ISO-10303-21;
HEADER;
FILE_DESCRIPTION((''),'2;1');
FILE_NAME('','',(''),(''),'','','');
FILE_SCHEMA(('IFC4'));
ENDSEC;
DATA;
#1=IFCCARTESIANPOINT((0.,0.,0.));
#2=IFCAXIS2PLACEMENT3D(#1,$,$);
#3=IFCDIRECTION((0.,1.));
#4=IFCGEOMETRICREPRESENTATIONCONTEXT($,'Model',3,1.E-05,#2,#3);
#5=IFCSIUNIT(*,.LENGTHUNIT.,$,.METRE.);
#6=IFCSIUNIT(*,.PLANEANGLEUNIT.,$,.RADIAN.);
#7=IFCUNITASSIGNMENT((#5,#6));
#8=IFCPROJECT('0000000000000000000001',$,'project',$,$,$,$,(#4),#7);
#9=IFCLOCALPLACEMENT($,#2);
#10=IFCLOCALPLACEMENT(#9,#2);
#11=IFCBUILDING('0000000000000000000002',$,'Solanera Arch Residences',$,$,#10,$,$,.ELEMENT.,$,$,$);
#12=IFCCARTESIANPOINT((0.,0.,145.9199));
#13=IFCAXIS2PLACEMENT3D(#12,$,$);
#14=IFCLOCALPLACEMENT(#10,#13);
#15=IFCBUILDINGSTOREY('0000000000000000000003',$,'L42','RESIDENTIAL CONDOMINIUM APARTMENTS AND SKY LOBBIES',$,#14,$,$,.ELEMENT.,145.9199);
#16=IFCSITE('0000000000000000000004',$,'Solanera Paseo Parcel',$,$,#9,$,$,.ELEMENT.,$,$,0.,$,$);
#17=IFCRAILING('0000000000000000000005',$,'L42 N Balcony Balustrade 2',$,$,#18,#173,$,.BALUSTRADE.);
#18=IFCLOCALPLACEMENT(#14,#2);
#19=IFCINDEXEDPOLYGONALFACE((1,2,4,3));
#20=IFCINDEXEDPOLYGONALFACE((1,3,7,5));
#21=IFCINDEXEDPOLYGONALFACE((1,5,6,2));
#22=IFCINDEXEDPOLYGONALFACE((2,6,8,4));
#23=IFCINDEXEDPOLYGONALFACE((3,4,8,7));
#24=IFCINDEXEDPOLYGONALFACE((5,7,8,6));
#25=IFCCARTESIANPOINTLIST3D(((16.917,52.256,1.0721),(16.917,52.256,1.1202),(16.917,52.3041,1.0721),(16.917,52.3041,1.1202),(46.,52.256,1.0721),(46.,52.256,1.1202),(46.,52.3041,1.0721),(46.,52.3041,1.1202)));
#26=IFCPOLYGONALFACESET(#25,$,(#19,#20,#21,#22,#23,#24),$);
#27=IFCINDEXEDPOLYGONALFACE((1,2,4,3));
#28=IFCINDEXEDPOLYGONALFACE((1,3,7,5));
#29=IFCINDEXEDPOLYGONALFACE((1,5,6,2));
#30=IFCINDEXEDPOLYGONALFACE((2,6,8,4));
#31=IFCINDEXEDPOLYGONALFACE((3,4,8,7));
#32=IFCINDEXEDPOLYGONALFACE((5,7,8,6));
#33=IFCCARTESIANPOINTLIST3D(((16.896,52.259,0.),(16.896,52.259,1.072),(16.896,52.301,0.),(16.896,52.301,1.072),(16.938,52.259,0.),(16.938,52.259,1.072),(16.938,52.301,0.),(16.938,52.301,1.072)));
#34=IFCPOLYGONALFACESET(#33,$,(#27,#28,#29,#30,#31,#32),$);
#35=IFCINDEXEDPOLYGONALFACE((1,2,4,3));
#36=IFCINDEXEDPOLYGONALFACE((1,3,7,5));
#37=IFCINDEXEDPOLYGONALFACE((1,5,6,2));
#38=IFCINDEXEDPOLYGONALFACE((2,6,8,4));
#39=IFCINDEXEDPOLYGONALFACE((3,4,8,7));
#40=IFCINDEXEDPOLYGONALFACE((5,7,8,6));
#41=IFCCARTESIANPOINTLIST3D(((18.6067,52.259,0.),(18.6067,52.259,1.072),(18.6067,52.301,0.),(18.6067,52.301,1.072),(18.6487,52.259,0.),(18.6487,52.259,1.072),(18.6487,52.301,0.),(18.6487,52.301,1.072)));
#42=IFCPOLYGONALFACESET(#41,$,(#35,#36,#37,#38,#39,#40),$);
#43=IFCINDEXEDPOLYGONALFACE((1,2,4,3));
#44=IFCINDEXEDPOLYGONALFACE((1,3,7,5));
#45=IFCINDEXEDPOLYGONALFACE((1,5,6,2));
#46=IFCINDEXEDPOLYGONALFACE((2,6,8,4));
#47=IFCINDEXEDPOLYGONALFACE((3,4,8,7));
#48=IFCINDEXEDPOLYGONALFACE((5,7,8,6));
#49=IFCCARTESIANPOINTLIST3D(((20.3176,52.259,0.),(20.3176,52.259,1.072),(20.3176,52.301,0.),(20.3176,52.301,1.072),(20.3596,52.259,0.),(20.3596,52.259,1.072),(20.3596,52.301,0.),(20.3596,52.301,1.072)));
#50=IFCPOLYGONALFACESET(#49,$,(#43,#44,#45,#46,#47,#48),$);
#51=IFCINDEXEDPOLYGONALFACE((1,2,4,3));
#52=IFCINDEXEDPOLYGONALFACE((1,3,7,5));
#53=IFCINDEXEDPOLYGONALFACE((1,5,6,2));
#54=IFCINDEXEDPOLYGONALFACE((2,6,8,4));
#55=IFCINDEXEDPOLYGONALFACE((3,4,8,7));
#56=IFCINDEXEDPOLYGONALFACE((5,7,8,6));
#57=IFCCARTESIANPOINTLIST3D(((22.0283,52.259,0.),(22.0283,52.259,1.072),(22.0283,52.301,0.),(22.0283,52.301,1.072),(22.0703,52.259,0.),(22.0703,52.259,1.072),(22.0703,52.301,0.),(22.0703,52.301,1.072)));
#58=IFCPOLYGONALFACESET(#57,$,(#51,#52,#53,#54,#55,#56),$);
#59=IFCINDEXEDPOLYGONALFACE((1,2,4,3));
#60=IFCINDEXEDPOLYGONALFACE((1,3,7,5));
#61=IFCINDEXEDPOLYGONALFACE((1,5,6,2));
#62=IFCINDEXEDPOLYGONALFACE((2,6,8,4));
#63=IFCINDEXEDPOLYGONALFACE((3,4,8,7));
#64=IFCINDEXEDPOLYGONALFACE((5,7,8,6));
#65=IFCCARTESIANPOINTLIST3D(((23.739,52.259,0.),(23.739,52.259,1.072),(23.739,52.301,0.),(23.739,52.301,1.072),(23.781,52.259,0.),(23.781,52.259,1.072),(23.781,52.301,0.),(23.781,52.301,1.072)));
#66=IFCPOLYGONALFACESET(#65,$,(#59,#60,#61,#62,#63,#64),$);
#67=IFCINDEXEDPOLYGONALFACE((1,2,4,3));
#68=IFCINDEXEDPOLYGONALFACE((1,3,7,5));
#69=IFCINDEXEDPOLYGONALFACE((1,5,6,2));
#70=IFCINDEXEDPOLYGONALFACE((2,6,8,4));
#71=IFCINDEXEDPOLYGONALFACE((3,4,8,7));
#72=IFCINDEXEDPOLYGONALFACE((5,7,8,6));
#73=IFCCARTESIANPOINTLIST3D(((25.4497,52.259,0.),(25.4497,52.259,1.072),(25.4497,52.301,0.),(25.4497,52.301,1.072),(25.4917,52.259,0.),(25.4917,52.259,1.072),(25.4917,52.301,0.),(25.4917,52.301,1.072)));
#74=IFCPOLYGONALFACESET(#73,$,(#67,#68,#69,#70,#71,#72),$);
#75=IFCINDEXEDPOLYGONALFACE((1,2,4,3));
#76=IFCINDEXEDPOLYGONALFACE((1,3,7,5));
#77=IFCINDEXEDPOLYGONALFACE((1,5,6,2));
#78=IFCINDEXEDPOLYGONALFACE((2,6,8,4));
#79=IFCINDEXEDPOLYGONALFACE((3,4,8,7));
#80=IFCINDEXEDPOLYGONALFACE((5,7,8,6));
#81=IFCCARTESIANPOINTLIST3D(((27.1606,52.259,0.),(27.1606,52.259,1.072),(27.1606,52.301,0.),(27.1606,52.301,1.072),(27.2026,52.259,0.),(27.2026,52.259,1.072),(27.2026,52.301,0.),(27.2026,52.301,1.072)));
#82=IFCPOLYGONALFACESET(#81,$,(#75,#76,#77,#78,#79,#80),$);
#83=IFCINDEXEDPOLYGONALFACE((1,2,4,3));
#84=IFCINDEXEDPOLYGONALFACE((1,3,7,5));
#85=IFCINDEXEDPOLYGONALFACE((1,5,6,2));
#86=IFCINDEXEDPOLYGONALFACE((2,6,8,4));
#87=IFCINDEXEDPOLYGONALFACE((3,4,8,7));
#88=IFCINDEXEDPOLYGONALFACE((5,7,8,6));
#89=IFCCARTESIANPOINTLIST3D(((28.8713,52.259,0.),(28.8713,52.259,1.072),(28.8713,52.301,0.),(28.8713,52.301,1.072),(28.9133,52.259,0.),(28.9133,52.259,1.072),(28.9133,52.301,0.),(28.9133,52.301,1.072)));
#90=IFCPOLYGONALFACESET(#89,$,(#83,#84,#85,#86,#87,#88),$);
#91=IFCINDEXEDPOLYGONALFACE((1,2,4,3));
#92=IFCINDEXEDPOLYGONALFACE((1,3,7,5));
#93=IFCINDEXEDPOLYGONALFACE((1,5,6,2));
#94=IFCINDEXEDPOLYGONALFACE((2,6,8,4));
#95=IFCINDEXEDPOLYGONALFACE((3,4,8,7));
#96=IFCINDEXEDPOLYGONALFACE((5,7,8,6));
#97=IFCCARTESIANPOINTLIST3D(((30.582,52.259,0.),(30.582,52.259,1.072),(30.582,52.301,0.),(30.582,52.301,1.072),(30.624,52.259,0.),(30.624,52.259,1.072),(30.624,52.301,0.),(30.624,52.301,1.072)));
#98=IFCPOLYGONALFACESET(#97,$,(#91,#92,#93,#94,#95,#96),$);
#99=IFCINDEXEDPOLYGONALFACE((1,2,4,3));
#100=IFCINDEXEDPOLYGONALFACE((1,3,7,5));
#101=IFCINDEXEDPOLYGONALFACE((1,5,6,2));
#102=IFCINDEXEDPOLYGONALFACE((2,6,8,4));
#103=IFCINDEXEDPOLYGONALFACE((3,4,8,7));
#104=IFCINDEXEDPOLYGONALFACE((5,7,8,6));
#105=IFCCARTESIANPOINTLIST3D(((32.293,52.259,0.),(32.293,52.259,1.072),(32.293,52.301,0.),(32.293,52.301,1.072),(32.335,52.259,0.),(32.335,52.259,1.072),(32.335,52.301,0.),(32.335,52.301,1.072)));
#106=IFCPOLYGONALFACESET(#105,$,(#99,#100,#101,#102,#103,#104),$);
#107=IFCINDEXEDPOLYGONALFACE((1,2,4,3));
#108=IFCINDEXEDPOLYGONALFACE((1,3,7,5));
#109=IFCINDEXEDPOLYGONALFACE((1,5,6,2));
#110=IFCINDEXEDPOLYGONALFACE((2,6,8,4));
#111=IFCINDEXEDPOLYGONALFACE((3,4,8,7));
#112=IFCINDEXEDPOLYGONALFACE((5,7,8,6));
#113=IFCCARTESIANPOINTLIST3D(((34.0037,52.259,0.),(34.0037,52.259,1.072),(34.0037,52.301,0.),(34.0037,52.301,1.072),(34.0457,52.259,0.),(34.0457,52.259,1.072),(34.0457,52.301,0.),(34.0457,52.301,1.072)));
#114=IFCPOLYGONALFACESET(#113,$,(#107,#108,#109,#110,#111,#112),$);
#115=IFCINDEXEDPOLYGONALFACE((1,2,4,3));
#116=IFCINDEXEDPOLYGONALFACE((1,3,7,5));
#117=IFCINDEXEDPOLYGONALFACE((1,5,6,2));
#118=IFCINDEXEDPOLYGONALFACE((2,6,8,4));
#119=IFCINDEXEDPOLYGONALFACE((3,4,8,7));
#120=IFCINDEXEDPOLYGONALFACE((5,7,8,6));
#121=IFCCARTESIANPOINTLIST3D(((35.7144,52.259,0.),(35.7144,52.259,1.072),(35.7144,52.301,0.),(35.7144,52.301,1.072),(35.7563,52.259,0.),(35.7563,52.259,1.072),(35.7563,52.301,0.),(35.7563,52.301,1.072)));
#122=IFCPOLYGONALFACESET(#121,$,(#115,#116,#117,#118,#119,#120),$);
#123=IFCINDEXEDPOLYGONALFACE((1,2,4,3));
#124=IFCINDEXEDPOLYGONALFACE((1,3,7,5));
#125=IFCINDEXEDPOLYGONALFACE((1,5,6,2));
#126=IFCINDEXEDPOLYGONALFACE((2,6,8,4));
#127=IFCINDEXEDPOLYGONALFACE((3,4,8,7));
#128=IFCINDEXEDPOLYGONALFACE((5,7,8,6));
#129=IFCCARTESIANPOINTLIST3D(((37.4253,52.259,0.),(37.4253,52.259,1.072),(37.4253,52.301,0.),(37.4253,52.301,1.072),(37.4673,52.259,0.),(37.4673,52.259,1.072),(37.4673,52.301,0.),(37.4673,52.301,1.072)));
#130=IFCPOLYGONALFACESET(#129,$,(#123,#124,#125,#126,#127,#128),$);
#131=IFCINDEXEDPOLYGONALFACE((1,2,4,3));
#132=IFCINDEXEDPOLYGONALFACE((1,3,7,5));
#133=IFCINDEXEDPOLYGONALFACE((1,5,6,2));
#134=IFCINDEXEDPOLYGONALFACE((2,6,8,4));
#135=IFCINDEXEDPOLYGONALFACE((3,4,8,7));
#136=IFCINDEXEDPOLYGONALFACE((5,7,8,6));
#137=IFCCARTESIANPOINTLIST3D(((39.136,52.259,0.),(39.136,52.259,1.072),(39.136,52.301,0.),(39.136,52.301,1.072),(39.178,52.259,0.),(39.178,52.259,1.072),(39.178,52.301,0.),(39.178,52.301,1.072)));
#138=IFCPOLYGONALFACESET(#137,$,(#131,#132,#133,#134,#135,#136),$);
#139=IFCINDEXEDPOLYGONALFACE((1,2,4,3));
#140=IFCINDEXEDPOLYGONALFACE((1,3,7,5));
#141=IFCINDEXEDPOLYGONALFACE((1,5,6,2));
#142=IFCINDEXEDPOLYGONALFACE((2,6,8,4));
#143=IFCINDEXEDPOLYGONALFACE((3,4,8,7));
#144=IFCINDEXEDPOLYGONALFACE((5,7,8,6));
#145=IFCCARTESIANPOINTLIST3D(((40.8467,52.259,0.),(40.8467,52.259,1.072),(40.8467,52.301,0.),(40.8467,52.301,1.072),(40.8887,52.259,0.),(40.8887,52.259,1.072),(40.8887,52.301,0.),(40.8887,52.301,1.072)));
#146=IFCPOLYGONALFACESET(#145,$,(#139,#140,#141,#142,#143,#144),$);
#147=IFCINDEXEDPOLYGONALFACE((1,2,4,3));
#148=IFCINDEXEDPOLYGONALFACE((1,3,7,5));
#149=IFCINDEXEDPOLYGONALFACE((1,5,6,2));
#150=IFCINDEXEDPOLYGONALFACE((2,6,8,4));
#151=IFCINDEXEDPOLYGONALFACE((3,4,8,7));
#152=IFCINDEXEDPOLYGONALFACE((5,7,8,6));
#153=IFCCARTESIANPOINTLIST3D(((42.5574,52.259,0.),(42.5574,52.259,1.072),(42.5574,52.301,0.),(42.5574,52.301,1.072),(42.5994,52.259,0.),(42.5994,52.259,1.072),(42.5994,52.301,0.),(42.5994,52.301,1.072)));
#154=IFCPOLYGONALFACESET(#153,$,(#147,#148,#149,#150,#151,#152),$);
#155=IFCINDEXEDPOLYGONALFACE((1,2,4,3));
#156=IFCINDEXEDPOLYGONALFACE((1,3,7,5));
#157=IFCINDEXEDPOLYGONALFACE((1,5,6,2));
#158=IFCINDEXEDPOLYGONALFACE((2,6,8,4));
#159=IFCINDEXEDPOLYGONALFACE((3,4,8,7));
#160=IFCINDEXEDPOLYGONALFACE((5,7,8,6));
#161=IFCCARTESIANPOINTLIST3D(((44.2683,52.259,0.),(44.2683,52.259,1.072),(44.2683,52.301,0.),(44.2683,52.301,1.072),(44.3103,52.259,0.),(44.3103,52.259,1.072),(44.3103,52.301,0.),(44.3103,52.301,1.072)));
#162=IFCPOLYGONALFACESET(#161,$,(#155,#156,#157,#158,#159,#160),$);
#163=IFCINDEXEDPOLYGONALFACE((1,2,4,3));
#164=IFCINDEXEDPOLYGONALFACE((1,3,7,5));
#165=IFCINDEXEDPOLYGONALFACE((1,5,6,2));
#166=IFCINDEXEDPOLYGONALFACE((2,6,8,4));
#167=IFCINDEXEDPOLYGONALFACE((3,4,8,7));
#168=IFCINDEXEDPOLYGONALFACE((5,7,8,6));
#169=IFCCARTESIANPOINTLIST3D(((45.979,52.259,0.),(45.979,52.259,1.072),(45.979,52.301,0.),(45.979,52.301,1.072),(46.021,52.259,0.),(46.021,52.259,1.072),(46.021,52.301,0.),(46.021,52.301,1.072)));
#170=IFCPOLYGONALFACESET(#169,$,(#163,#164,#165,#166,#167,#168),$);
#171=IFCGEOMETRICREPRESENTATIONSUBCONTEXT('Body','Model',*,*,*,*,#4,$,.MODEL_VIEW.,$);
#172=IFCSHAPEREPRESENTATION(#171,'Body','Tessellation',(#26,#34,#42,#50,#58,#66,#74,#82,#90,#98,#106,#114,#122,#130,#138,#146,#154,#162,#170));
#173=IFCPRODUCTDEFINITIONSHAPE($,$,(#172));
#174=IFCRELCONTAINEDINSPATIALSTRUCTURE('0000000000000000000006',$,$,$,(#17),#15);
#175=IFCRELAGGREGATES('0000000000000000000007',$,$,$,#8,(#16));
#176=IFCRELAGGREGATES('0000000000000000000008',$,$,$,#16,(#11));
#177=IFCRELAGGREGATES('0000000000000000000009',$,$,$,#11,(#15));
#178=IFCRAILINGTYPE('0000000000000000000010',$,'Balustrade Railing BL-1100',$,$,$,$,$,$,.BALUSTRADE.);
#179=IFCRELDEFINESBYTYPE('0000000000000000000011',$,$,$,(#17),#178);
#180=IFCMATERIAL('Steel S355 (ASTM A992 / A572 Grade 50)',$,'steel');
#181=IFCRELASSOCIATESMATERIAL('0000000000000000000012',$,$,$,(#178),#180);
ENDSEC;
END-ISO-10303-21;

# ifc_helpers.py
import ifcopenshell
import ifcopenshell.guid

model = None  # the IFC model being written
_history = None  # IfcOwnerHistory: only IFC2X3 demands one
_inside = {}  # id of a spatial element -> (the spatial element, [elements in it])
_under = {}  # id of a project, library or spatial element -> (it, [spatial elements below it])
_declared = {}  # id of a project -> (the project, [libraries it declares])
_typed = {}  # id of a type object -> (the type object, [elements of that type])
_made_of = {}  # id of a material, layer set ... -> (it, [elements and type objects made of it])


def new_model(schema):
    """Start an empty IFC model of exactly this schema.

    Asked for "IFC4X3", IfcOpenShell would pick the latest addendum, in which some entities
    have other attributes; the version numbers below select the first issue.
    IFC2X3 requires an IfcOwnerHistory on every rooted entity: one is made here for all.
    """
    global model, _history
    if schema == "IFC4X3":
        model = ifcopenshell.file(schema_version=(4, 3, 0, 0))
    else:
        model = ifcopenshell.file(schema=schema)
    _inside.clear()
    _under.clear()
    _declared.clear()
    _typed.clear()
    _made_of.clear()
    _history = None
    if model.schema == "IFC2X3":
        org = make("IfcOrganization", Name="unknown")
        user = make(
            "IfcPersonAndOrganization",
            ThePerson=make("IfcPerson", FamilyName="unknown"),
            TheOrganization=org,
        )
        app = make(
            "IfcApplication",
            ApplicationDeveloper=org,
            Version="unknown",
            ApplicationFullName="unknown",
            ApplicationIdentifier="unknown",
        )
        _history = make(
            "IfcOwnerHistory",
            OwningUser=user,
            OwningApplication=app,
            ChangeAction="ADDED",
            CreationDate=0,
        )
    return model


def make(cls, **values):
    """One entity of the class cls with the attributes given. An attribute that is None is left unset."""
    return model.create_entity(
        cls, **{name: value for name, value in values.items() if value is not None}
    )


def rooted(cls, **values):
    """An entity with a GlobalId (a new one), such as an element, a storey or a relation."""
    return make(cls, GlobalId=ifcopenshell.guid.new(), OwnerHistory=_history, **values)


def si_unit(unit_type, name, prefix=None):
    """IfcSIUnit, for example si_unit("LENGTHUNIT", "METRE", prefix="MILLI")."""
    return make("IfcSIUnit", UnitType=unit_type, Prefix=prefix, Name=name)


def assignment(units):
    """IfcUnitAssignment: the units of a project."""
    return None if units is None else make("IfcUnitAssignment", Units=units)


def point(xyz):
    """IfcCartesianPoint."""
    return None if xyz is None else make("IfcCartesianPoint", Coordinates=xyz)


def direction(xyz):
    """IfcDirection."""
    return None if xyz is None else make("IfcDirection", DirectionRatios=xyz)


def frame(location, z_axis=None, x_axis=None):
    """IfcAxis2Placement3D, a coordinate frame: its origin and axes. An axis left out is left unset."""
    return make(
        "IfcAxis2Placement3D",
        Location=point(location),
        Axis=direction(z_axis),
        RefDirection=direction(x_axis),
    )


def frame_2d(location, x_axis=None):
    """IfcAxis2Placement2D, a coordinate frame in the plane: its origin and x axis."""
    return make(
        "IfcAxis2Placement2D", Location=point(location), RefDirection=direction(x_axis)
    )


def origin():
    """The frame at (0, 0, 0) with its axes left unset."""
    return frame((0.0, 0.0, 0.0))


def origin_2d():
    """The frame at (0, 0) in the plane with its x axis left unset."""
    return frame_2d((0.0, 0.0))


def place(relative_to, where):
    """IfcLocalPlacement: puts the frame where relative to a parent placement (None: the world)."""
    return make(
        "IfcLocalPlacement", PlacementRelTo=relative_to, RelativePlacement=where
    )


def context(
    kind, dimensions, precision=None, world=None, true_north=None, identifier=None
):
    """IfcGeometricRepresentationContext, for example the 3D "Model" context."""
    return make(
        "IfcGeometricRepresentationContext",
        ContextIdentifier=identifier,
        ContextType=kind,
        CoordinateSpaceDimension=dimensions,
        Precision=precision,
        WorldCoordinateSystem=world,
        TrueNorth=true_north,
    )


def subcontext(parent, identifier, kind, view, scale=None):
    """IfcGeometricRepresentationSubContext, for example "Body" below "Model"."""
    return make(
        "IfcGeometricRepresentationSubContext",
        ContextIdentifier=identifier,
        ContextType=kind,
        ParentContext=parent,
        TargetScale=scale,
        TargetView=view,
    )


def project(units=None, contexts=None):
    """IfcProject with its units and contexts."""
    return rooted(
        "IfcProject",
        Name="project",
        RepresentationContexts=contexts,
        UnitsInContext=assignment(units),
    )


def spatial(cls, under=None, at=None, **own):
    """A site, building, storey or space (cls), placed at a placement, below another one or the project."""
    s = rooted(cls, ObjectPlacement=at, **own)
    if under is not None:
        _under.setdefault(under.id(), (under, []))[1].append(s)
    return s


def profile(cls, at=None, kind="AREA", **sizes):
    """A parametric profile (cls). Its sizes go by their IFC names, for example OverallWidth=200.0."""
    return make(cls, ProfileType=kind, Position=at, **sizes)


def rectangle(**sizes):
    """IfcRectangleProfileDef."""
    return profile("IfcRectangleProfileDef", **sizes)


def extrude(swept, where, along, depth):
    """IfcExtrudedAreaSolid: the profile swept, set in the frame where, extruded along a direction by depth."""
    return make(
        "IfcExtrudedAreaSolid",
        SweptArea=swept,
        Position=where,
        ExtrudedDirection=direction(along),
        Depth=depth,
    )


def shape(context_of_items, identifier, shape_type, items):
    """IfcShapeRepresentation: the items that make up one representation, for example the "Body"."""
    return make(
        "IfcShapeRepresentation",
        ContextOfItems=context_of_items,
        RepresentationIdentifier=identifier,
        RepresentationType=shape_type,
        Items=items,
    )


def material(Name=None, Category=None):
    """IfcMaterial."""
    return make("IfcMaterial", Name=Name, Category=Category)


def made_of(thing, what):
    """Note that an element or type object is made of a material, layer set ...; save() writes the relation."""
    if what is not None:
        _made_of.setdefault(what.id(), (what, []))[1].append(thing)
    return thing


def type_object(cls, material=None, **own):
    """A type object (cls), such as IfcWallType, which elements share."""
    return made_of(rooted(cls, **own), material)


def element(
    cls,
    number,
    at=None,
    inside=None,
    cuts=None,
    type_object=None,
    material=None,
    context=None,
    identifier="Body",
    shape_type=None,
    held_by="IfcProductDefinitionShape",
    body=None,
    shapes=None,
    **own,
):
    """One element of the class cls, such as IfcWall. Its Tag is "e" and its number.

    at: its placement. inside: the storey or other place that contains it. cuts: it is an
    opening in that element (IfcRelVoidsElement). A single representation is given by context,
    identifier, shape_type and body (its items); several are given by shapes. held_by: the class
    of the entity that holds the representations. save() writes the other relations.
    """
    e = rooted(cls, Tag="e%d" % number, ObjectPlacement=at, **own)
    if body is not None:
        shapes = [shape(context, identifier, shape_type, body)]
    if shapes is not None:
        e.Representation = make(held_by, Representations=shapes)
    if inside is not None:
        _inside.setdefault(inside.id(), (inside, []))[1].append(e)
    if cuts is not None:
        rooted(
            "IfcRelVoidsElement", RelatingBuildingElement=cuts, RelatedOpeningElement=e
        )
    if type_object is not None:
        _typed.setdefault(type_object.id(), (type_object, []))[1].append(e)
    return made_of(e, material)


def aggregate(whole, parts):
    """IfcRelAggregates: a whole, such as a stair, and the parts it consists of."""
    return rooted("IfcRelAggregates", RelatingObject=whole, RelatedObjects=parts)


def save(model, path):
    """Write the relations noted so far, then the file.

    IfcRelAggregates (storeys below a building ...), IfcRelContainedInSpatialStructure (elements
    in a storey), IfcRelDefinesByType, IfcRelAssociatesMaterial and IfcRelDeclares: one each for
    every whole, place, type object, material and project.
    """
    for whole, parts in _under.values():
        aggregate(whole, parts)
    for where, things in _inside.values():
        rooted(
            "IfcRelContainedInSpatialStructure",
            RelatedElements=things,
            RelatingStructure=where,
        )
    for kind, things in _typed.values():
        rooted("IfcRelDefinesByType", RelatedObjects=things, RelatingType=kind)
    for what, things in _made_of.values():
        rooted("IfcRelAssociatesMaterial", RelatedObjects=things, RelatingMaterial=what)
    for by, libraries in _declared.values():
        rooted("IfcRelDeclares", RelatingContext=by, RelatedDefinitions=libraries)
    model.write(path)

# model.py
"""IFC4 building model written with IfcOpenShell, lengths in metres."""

from ifc_helpers import new_model, si_unit, direction, frame, origin, origin_2d, place, context, subcontext, project, spatial, rectangle, extrude, material, type_object, element, save


model = new_model("IFC4")

# Units and contexts
model_context = context("Model", 3, precision=1e-05, world=origin(), true_north=direction((0.0, 1.0)))
body_context = subcontext(model_context, "Body", "Model", "MODEL_VIEW")
ifc_project = project(units=[si_unit("LENGTHUNIT", "METRE"), si_unit("PLANEANGLEUNIT", "RADIAN")], contexts=[model_context])

# Site, building, storey
site_placement = place(None, origin())
site = spatial("IfcSite", under=ifc_project, at=site_placement, Name="Solanera Paseo Parcel", CompositionType="ELEMENT", RefElevation=0.0)
building_placement = place(site_placement, origin())
building = spatial("IfcBuilding", under=site, at=building_placement, Name="Solanera Arch Residences", CompositionType="ELEMENT")
storey_placement = place(building_placement, frame((0.0, 0.0, 145.9199)))
storey = spatial("IfcBuildingStorey", under=building, at=storey_placement, Name="L42", Description="RESIDENTIAL CONDOMINIUM APARTMENTS AND SKY LOBBIES", CompositionType="ELEMENT", Elevation=145.9199)

# Railing
ifc_material_1 = material(Name="Steel S355 (ASTM A992 / A572 Grade 50)", Category="steel")
railing_type = type_object("IfcRailingType", Name="Balustrade Railing BL-1100", PredefinedType="BALUSTRADE", material=ifc_material_1)
railing_placement = place(storey_placement, frame((16.917, 52.28, 0.0)))
element("IfcRailing", 1, at=railing_placement, inside=storey, type_object=railing_type, Name="L42 N Balcony Balustrade 2", PredefinedType="BALUSTRADE", context=body_context, shape_type="SweptSolid", body=[
    extrude(rectangle(XDim=0.0481, YDim=0.0481, at=origin_2d()), frame((0.0, 0.0, 1.0962), z_axis=(1.0, 0.0, 0.0), x_axis=(0.0, 1.0, 0.0)), (0.0, 0.0, 1.0), 29.083),
    extrude(rectangle(XDim=0.042, YDim=0.042, at=origin_2d()), origin(), (0.0, 0.0, 1.0), 1.072),
    extrude(rectangle(XDim=0.042, YDim=0.042, at=origin_2d()), frame((1.7107, 0.0, 0.0)), (0.0, 0.0, 1.0), 1.072),
    extrude(rectangle(XDim=0.042, YDim=0.042, at=origin_2d()), frame((3.4216, 0.0, 0.0)), (0.0, 0.0, 1.0), 1.072),
    extrude(rectangle(XDim=0.042, YDim=0.042, at=origin_2d()), frame((5.1323, 0.0, 0.0)), (0.0, 0.0, 1.0), 1.072),
    extrude(rectangle(XDim=0.042, YDim=0.042, at=origin_2d()), frame((6.843, 0.0, 0.0)), (0.0, 0.0, 1.0), 1.072),
    extrude(rectangle(XDim=0.042, YDim=0.042, at=origin_2d()), frame((8.5537, 0.0, 0.0)), (0.0, 0.0, 1.0), 1.072),
    extrude(rectangle(XDim=0.042, YDim=0.042, at=origin_2d()), frame((10.2646, 0.0, 0.0)), (0.0, 0.0, 1.0), 1.072),
    extrude(rectangle(XDim=0.042, YDim=0.042, at=origin_2d()), frame((11.9753, 0.0, 0.0)), (0.0, 0.0, 1.0), 1.072),
    extrude(rectangle(XDim=0.042, YDim=0.042, at=origin_2d()), frame((13.686, 0.0, 0.0)), (0.0, 0.0, 1.0), 1.072),
    extrude(rectangle(XDim=0.042, YDim=0.042, at=origin_2d()), frame((15.397, 0.0, 0.0)), (0.0, 0.0, 1.0), 1.072),
    extrude(rectangle(XDim=0.042, YDim=0.042, at=origin_2d()), frame((17.1077, 0.0, 0.0)), (0.0, 0.0, 1.0), 1.072),
    extrude(rectangle(XDim=0.042, YDim=0.042, at=origin_2d()), frame((18.8184, 0.0, 0.0)), (0.0, 0.0, 1.0), 1.072),
    extrude(rectangle(XDim=0.042, YDim=0.042, at=origin_2d()), frame((20.5293, 0.0, 0.0)), (0.0, 0.0, 1.0), 1.072),
    extrude(rectangle(XDim=0.042, YDim=0.042, at=origin_2d()), frame((22.24, 0.0, 0.0)), (0.0, 0.0, 1.0), 1.072),
    extrude(rectangle(XDim=0.042, YDim=0.042, at=origin_2d()), frame((23.9507, 0.0, 0.0)), (0.0, 0.0, 1.0), 1.072),
    extrude(rectangle(XDim=0.042, YDim=0.042, at=origin_2d()), frame((25.6614, 0.0, 0.0)), (0.0, 0.0, 1.0), 1.072),
    extrude(rectangle(XDim=0.042, YDim=0.042, at=origin_2d()), frame((27.3723, 0.0, 0.0)), (0.0, 0.0, 1.0), 1.072),
    extrude(rectangle(XDim=0.042, YDim=0.042, at=origin_2d()), frame((29.083, 0.0, 0.0)), (0.0, 0.0, 1.0), 1.072),
])

save(model, "model.ifc")
